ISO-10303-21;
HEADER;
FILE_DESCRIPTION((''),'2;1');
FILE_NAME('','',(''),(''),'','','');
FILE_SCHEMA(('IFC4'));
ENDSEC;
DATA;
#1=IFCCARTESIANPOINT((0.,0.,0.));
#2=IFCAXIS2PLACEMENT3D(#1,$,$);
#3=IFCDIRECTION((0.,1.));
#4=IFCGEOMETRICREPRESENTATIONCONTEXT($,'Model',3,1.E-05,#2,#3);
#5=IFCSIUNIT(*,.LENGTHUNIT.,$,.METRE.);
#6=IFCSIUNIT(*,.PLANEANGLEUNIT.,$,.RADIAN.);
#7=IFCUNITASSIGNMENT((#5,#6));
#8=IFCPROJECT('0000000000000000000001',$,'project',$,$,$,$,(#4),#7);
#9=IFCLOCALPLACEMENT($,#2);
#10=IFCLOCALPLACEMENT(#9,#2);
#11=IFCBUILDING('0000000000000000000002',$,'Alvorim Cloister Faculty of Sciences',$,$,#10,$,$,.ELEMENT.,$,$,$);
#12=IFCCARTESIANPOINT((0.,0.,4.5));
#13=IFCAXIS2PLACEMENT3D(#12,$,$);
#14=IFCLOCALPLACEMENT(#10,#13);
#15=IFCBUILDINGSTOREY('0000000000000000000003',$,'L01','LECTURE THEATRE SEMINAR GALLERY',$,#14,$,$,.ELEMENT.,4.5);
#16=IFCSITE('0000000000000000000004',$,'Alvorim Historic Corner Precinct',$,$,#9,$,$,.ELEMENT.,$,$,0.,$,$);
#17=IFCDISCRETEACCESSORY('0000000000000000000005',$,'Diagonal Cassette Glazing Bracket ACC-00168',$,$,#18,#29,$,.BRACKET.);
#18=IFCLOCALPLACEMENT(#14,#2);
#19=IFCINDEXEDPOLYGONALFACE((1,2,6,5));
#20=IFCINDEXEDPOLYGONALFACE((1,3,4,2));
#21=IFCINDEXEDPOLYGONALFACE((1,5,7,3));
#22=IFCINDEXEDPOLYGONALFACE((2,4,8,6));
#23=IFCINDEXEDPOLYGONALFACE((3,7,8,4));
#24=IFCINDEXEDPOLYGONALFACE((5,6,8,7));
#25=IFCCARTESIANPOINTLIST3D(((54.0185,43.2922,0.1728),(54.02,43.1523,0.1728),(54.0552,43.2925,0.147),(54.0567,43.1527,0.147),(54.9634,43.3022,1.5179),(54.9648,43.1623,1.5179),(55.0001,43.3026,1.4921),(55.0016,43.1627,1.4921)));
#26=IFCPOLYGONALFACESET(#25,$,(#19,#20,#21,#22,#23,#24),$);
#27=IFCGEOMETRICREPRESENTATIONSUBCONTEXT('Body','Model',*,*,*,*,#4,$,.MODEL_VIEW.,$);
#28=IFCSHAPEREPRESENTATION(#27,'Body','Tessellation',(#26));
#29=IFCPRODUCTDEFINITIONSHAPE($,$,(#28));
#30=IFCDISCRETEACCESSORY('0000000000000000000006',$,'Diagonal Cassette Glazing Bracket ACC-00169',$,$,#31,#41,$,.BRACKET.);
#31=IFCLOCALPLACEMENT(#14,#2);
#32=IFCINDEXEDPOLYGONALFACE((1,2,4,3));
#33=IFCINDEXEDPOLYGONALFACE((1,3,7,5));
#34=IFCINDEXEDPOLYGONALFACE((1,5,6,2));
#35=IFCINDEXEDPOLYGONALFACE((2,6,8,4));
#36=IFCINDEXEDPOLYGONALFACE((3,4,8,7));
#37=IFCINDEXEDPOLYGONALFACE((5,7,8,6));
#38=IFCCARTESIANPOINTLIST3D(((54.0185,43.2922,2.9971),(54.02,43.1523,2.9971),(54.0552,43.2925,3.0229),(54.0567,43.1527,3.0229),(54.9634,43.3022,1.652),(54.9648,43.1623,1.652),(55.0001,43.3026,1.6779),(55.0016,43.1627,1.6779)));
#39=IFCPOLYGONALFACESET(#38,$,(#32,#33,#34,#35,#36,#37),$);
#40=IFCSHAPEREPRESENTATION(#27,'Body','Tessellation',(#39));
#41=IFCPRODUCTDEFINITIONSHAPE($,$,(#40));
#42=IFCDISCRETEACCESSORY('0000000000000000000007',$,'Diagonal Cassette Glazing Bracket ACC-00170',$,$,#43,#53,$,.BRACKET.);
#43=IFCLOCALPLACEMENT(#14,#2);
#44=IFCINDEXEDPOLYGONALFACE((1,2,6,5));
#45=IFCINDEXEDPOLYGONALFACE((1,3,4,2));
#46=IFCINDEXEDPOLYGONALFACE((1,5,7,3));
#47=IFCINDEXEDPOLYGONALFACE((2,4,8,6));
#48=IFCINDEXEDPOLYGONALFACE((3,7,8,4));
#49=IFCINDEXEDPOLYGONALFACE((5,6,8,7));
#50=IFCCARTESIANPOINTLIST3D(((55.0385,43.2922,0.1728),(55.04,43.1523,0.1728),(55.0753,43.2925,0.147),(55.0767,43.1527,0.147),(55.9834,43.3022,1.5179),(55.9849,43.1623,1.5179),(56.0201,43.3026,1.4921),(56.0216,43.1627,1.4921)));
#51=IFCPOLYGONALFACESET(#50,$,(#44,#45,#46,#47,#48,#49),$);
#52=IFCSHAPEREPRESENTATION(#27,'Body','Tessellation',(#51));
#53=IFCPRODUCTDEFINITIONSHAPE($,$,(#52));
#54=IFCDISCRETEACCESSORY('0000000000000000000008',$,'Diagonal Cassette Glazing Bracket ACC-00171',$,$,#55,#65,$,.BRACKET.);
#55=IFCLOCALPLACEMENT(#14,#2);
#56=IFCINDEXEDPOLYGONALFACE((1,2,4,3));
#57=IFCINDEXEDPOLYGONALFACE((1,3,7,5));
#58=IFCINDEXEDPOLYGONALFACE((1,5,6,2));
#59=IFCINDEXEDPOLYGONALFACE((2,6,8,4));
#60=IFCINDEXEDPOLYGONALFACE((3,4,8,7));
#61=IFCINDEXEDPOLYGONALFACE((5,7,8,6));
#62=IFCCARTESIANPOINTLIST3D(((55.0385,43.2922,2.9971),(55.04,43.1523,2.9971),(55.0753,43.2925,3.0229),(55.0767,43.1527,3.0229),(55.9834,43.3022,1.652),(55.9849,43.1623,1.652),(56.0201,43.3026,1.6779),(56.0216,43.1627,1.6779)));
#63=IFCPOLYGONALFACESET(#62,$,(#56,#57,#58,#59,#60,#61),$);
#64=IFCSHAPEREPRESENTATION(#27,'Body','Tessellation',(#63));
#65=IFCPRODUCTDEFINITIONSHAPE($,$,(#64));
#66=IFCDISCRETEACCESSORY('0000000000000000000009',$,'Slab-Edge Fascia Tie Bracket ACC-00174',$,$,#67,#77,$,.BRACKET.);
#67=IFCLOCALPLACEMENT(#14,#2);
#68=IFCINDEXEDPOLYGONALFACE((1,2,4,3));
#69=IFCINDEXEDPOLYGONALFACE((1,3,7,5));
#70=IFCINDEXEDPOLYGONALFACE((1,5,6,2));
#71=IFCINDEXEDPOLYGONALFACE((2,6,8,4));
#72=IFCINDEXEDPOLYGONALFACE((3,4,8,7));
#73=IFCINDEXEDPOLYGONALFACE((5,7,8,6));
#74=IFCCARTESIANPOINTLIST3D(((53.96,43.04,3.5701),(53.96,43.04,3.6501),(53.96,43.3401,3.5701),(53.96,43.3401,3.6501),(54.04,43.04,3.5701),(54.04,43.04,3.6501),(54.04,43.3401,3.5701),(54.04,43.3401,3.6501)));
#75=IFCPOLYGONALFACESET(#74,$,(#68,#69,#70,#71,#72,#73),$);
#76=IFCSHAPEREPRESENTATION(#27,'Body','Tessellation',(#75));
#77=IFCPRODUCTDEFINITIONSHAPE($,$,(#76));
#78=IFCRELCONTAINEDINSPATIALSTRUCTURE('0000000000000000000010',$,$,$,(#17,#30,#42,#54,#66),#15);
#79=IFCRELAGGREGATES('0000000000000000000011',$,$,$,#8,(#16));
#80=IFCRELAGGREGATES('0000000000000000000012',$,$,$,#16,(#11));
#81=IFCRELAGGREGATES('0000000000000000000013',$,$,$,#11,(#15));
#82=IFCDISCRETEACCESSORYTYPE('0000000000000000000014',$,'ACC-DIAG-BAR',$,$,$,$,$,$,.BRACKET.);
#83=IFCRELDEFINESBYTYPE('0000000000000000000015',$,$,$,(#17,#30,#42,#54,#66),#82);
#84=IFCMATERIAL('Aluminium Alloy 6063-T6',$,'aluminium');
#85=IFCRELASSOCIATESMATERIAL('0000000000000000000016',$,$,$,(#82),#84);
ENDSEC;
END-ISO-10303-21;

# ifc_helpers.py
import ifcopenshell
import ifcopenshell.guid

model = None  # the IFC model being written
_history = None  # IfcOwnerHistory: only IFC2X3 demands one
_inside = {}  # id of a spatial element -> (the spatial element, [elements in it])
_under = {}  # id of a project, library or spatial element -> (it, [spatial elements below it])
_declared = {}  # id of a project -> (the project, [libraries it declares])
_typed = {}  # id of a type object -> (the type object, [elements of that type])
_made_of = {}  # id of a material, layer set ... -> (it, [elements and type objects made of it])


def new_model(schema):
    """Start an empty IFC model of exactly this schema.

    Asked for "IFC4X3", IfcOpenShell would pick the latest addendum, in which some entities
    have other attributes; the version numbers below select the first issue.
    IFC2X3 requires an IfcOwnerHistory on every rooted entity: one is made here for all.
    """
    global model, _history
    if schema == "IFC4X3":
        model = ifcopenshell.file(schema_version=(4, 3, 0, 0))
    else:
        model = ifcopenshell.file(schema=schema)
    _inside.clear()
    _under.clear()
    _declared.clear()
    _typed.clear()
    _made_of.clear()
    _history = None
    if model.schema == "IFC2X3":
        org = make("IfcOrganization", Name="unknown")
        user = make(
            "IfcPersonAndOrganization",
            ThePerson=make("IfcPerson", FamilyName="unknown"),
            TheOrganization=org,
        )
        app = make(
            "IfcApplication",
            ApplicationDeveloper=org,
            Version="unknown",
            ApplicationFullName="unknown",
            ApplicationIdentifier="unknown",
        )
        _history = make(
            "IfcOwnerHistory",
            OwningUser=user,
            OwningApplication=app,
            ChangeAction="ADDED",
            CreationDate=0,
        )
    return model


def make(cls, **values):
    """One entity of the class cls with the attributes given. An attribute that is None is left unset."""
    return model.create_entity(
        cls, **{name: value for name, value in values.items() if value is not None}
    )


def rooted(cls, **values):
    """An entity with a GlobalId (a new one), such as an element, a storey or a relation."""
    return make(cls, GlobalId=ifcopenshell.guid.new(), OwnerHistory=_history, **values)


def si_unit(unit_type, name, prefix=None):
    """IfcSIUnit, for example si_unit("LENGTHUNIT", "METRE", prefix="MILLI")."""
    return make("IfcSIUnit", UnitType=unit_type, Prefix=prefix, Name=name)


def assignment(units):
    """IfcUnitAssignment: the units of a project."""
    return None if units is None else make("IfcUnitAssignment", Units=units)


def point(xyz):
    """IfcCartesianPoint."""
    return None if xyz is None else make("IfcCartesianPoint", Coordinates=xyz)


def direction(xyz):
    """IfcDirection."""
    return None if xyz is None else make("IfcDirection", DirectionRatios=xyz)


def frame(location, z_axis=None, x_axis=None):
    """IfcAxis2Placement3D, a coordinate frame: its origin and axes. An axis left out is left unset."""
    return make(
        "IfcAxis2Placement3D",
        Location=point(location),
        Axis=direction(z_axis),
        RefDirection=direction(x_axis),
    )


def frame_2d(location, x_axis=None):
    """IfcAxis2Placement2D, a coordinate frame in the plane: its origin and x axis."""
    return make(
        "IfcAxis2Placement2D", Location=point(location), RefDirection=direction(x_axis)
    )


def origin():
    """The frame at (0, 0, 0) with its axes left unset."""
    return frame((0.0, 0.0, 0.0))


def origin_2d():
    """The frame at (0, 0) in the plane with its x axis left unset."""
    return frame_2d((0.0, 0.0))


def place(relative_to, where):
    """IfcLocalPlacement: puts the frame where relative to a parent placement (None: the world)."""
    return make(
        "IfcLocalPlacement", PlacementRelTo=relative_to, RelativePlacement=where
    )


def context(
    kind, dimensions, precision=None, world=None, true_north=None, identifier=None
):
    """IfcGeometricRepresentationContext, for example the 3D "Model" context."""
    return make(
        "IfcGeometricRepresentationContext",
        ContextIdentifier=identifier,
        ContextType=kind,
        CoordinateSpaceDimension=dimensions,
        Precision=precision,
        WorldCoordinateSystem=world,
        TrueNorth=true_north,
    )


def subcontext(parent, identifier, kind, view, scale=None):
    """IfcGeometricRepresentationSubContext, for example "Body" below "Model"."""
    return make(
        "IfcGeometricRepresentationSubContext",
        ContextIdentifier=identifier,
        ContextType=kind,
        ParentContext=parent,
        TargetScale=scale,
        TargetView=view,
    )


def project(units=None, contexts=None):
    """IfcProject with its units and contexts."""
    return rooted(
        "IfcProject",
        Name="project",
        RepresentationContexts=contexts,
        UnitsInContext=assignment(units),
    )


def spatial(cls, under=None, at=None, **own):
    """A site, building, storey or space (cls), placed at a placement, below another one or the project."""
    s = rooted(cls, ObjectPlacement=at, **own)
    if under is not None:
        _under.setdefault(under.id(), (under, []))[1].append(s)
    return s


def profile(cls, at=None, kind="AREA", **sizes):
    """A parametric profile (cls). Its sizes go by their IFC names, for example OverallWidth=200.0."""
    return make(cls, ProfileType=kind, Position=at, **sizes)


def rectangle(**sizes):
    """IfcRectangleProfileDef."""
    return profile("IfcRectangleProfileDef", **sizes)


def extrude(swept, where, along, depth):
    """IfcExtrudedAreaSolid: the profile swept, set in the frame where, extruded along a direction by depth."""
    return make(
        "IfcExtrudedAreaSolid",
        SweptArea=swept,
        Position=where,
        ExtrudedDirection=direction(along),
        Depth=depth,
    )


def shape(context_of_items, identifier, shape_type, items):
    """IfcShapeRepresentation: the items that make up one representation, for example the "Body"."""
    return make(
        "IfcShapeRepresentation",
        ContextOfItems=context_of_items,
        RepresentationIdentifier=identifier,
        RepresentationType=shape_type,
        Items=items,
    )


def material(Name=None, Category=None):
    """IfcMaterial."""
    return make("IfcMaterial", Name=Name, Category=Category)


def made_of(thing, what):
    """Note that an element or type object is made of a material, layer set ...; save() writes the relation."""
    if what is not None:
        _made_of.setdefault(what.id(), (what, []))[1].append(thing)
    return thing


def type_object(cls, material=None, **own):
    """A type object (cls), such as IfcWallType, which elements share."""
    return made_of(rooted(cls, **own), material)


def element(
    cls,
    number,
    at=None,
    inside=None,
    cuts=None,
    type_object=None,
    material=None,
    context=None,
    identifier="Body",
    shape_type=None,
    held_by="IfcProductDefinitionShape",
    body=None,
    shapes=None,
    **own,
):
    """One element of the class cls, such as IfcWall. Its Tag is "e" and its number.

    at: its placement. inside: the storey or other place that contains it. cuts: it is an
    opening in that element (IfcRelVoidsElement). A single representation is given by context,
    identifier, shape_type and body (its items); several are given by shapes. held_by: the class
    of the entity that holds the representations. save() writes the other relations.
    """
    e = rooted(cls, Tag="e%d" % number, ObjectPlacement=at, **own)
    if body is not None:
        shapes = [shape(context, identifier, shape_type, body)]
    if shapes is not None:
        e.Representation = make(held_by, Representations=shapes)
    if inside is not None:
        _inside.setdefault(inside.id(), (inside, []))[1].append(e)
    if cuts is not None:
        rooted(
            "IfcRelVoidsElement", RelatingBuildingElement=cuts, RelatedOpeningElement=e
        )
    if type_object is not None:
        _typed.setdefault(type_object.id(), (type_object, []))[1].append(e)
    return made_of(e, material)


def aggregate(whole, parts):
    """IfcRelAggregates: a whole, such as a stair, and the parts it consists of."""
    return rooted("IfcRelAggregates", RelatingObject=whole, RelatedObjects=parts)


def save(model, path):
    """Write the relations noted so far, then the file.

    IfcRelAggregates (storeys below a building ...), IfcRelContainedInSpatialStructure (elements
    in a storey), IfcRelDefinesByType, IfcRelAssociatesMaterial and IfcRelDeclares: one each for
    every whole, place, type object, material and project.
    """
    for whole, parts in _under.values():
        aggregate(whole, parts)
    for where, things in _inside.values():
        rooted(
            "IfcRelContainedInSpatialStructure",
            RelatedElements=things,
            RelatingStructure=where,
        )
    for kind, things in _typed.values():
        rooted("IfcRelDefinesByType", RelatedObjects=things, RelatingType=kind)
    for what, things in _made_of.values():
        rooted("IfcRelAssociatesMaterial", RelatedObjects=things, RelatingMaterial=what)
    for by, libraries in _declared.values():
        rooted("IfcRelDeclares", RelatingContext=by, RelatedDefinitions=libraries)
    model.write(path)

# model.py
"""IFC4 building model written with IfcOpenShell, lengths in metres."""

from ifc_helpers import new_model, si_unit, direction, frame, origin, origin_2d, place, context, subcontext, project, spatial, rectangle, extrude, material, type_object, element, save


model = new_model("IFC4")

# Units and contexts
model_context = context("Model", 3, precision=1e-05, world=origin(), true_north=direction((0.0, 1.0)))
body_context = subcontext(model_context, "Body", "Model", "MODEL_VIEW")
ifc_project = project(units=[si_unit("LENGTHUNIT", "METRE"), si_unit("PLANEANGLEUNIT", "RADIAN")], contexts=[model_context])

# Site, building, storey
site_placement = place(None, origin())
site = spatial("IfcSite", under=ifc_project, at=site_placement, Name="Alvorim Historic Corner Precinct", CompositionType="ELEMENT", RefElevation=0.0)
building_placement = place(site_placement, origin())
building = spatial("IfcBuilding", under=site, at=building_placement, Name="Alvorim Cloister Faculty of Sciences", CompositionType="ELEMENT")
storey_placement = place(building_placement, frame((0.0, 0.0, 4.5)))
storey = spatial("IfcBuildingStorey", under=building, at=storey_placement, Name="L01", Description="LECTURE THEATRE SEMINAR GALLERY", CompositionType="ELEMENT", Elevation=4.5)

# Shared definitions
ifc_material_1 = material(Name="Aluminium Alloy 6063-T6", Category="aluminium")

# Discrete accessories
discrete_accessory_type = type_object("IfcDiscreteAccessoryType", Name="ACC-DIAG-BAR", PredefinedType="BRACKET", material=ifc_material_1)
for number, where, z_axis, x_axis, name in (
    (1, (54.0376, 43.2224, 0.1599), (0.574817, 0.00609, 0.81826), (-0.010594, 0.999944, 0.0), "Diagonal Cassette Glazing Bracket ACC-00168"),
    (2, (54.0376, 43.2224, 3.01), (0.574817, 0.00609, -0.81826), (-0.010594, 0.999944, 0.0), "Diagonal Cassette Glazing Bracket ACC-00169"),
    (3, (55.0576, 43.2224, 0.1599), (0.574817, 0.00609, 0.81826), (-0.010594, 0.999944, 0.0), "Diagonal Cassette Glazing Bracket ACC-00170"),
    (4, (55.0576, 43.2224, 3.01), (0.574817, 0.00609, -0.81826), (-0.010594, 0.999944, 0.0), "Diagonal Cassette Glazing Bracket ACC-00171"),
):
    element("IfcDiscreteAccessory", number, at=place(storey_placement, frame(where, z_axis=z_axis, x_axis=x_axis)), inside=storey, type_object=discrete_accessory_type, Name=name, PredefinedType="BRACKET", context=body_context, shape_type="SweptSolid", body=[
        extrude(rectangle(XDim=0.1399, YDim=0.0449, at=origin_2d()), origin(), (0.0, 0.0, 1.0), 1.6438),
    ])
discrete_accessory_placement = place(storey_placement, frame((54.0, 43.3401, 3.6101), z_axis=(0.0, -1.0, 0.0), x_axis=(1.0, 0.0, 0.0)))
element("IfcDiscreteAccessory", 5, at=discrete_accessory_placement, inside=storey, type_object=discrete_accessory_type, Name="Slab-Edge Fascia Tie Bracket ACC-00174", PredefinedType="BRACKET", context=body_context, shape_type="SweptSolid", body=[
    extrude(rectangle(XDim=0.0801, YDim=0.0801, at=origin_2d()), origin(), (0.0, 0.0, 1.0), 0.3),
])

save(model, "model.ifc")
